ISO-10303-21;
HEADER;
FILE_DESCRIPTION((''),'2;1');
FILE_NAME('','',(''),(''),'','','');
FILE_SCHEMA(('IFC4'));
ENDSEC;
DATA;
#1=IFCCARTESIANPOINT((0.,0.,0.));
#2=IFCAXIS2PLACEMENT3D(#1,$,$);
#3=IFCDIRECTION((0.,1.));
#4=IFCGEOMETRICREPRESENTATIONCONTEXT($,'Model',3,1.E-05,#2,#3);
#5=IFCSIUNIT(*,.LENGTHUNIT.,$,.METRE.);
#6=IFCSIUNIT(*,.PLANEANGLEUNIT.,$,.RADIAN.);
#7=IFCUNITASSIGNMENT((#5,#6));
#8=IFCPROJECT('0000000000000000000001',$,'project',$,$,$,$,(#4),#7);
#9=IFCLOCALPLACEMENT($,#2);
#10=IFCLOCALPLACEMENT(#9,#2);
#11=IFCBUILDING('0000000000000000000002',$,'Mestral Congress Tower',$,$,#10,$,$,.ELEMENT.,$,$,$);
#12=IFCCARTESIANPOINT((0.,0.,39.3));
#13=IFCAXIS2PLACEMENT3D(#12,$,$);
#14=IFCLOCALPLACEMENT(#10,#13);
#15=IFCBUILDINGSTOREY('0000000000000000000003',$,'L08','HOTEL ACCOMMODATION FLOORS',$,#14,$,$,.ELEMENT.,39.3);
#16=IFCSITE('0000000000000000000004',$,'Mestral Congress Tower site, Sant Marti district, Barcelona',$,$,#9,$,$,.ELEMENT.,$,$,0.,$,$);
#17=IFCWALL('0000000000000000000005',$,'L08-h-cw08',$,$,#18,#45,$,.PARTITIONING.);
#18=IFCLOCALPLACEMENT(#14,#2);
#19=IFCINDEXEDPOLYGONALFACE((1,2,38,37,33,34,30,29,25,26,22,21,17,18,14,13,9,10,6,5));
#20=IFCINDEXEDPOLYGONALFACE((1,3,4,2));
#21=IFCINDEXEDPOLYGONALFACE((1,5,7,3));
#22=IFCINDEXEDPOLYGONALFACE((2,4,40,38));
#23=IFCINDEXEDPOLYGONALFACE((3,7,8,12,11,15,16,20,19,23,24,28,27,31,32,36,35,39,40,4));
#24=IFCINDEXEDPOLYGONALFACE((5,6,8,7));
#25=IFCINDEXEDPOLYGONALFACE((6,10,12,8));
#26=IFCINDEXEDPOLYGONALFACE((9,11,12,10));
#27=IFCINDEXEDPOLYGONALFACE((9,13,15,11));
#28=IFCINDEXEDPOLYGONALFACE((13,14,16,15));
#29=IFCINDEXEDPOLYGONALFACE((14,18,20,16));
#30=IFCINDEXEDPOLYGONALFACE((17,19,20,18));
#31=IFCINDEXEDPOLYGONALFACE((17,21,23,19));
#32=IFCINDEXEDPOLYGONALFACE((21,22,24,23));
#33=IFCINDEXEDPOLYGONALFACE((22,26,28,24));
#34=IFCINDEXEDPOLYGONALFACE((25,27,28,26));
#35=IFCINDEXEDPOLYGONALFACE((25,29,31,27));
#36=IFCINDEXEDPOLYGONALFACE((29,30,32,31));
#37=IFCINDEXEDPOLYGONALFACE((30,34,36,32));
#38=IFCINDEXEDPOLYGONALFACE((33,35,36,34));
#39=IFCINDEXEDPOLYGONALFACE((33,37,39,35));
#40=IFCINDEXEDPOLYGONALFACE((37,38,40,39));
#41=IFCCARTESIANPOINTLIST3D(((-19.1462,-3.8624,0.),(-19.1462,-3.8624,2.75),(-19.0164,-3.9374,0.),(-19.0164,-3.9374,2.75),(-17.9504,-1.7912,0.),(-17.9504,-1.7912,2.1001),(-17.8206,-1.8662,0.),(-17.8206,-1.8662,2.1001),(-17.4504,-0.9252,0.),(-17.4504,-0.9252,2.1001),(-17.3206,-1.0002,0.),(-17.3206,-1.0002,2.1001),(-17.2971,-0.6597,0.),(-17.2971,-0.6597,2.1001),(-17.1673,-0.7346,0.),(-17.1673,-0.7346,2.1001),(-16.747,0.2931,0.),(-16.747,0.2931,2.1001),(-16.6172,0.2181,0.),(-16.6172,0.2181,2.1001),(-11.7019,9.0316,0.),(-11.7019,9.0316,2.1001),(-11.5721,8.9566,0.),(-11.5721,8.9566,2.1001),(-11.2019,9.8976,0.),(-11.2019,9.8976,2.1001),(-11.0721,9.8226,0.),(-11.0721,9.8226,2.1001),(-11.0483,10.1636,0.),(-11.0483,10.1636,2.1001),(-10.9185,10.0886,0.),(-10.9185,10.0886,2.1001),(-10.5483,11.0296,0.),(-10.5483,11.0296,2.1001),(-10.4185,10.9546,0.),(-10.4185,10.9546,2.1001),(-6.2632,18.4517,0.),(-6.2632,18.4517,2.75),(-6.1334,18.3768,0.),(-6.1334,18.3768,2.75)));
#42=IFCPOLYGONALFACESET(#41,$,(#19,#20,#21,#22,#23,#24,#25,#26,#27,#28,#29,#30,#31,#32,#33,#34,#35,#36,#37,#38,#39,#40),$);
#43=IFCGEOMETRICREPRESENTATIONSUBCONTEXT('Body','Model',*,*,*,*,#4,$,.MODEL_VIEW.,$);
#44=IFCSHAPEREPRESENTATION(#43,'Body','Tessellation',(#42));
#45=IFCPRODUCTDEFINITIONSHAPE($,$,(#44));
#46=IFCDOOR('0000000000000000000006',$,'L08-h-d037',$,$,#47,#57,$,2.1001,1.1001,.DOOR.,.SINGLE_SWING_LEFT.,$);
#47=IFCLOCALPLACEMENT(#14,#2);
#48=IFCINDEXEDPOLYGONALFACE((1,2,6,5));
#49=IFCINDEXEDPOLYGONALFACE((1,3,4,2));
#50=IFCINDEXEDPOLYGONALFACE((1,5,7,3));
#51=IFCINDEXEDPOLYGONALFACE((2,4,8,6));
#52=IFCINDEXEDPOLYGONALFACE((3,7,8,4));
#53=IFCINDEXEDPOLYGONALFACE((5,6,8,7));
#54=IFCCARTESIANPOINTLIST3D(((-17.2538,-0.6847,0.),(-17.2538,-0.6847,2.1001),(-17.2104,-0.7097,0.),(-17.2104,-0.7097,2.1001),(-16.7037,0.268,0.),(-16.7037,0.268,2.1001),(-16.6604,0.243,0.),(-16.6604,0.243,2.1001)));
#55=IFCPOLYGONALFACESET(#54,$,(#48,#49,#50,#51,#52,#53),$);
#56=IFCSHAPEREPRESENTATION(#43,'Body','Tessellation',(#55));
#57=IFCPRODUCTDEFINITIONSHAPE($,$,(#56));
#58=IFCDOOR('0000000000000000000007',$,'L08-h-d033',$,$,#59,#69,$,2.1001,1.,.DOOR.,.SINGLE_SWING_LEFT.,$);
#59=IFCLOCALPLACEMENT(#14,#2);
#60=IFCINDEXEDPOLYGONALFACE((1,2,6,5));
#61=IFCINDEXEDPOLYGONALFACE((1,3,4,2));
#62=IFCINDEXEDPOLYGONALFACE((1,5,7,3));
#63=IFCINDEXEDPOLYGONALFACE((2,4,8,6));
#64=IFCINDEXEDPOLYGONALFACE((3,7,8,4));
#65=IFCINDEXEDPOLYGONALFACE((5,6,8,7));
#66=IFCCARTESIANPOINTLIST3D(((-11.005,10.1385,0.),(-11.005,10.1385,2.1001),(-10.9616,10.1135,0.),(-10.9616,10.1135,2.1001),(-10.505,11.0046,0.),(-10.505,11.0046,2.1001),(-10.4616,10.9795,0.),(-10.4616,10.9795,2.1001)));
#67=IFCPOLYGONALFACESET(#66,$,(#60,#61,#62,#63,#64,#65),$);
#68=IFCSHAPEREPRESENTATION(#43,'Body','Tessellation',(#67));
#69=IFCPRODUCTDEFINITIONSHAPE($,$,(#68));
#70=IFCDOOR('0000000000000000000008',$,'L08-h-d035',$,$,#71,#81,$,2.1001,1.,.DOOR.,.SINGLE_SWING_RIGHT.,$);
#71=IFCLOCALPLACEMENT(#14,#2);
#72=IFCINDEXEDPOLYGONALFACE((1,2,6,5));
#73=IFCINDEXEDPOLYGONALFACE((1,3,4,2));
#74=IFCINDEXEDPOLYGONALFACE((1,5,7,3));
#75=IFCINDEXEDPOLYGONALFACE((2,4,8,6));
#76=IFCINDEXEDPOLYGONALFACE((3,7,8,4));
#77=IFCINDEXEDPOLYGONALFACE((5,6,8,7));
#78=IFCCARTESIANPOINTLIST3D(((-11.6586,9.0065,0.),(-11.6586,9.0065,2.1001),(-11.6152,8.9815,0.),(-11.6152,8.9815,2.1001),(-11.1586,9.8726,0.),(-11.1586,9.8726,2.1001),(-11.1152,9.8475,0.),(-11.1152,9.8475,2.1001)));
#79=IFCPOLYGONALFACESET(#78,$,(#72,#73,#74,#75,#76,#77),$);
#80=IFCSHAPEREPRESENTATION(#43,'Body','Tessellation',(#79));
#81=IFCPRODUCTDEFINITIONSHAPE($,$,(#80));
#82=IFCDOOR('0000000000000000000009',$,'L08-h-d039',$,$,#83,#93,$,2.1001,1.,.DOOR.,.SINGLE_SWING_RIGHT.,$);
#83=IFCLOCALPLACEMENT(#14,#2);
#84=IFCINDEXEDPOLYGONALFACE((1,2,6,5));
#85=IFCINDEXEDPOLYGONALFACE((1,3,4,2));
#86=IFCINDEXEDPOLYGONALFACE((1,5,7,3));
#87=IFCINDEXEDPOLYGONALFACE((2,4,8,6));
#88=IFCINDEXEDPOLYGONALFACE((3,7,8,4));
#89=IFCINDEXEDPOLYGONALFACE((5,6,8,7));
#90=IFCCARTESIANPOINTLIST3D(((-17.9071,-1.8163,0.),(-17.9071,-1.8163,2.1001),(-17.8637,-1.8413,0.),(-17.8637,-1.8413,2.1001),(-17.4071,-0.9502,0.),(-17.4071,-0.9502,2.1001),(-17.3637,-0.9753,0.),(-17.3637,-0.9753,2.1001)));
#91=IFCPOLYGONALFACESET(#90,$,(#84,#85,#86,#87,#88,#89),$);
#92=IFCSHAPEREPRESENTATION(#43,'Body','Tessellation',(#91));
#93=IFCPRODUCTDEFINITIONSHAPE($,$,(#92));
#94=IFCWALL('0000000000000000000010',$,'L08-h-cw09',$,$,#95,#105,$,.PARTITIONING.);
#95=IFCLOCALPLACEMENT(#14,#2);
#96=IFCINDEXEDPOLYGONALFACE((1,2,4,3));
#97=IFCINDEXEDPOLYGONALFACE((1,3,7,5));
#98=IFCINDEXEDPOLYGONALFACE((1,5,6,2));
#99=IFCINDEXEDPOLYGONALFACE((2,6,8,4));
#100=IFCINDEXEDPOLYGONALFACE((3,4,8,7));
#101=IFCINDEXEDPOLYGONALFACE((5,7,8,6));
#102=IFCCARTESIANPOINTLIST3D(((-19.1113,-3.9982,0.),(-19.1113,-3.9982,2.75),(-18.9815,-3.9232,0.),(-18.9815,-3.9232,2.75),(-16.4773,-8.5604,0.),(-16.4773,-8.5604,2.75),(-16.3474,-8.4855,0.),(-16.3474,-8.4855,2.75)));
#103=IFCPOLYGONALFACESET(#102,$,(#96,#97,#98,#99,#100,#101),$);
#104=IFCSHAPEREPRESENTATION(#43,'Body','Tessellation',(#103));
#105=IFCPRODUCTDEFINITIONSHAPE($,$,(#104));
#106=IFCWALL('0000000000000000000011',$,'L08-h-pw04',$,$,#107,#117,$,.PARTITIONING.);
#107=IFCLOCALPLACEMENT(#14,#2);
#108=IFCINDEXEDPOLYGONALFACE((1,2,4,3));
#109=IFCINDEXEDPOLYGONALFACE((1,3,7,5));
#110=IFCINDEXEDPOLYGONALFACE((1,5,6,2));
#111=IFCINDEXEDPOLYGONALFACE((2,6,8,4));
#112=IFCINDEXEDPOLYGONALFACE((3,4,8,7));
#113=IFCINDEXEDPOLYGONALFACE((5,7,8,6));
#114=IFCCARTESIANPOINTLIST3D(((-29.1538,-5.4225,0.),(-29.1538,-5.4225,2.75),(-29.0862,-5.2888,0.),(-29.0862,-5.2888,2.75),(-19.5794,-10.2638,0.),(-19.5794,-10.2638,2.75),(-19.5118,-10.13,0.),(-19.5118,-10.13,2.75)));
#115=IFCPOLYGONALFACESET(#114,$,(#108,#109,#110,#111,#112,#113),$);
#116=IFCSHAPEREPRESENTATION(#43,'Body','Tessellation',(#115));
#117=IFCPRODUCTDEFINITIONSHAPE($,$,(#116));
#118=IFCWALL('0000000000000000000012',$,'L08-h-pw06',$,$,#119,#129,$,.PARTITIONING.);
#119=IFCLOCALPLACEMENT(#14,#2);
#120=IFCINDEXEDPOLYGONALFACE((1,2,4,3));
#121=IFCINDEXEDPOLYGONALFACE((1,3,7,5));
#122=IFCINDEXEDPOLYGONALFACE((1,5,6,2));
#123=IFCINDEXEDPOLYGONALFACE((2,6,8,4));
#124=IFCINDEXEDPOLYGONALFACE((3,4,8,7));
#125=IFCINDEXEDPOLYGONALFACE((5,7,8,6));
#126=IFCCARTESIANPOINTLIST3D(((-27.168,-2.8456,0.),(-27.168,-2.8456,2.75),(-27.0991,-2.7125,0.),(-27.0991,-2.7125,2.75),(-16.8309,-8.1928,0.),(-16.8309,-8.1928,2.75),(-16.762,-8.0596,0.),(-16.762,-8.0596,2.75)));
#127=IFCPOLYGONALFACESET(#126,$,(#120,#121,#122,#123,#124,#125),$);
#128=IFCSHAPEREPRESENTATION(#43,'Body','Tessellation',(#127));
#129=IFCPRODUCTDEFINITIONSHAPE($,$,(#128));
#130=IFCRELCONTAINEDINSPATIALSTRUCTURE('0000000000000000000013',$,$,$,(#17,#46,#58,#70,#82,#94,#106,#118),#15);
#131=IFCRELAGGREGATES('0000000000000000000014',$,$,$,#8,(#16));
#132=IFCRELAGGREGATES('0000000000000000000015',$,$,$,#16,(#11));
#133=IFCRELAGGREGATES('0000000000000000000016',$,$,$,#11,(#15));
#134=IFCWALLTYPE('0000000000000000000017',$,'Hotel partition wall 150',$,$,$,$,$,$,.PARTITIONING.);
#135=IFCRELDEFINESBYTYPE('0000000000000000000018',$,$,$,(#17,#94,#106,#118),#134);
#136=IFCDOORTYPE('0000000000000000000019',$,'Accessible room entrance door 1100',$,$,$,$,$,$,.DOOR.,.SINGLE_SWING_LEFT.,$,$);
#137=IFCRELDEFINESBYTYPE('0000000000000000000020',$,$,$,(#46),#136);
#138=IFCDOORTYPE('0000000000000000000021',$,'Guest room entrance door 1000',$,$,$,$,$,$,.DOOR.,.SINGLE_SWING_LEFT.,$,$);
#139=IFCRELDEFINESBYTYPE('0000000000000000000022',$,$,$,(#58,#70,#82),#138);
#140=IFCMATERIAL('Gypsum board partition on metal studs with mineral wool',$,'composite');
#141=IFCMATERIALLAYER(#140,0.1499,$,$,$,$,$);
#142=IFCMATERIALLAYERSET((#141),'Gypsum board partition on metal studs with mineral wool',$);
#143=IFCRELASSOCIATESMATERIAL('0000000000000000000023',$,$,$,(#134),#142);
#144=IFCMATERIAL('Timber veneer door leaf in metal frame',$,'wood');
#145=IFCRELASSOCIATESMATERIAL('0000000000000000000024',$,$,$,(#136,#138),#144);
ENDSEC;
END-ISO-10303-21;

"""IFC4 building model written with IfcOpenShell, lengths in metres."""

from ifc_helpers import new_model, si_unit, direction, frame, frame_2d, origin, place, context, subcontext, project, spatial, rectangle, extrude, material, layer, layer_set, type_object, element, fill, save


model = new_model("IFC4")

# Units and contexts
model_context = context("Model", 3, precision=1e-05, world=origin(), true_north=direction((0.0, 1.0)))
body_context = subcontext(model_context, "Body", "Model", "MODEL_VIEW")
ifc_project = project(units=[si_unit("LENGTHUNIT", "METRE"), si_unit("PLANEANGLEUNIT", "RADIAN")], contexts=[model_context])

# Site, building, storey
site_placement = place(None, origin())
site = spatial("IfcSite", under=ifc_project, at=site_placement, Name="Mestral Congress Tower site, Sant Marti district, Barcelona", CompositionType="ELEMENT", RefElevation=0.0)
building_placement = place(site_placement, origin())
building = spatial("IfcBuilding", under=site, at=building_placement, Name="Mestral Congress Tower", CompositionType="ELEMENT")
storey_placement = place(building_placement, frame((0.0, 0.0, 39.3)))
storey = spatial("IfcBuildingStorey", under=building, at=storey_placement, Name="L08", Description="HOTEL ACCOMMODATION FLOORS", CompositionType="ELEMENT", Elevation=39.3)

# Shared definitions
ifc_material_1 = material(Name="Gypsum board partition on metal studs with mineral wool", Category="composite")

# Wall, openings, doors
ifc_layer_1 = layer(ifc_material_1, 0.1499)
ifc_layer_set_1 = layer_set([ifc_layer_1], Name="Gypsum board partition on metal studs with mineral wool")
wall_type_1 = type_object("IfcWallType", Name="Hotel partition wall 150", PredefinedType="PARTITIONING", material=ifc_layer_set_1)
wall_1_placement = place(storey_placement, frame((-19.0813, -3.8999, 0.0), z_axis=(0.0, 0.0, 1.0), x_axis=(0.499998, 0.866026, 0.0)))
wall_1 = element("IfcWall", 1, at=wall_1_placement, inside=storey, type_object=wall_type_1, Name="L08-h-cw08", PredefinedType="PARTITIONING", context=body_context, shape_type="SweptSolid", body=[
    extrude(rectangle(XDim=25.7661, YDim=0.1499, at=frame_2d((12.8831, 0.0))), origin(), (0.0, 0.0, 1.0), 2.75),
])
opening_1_placement = place(wall_1_placement, frame((16.1958, 0.0, 0.0)))
opening_1 = element("IfcOpeningElement", 2, at=opening_1_placement, cuts=wall_1, PredefinedType="OPENING", context=body_context, shape_type="SweptSolid", body=[
    extrude(rectangle(XDim=1.0, YDim=2.1001, at=frame_2d((0.5, 1.05))), frame((0.0, 0.085, 0.0), z_axis=(0.0, -1.0, 0.0), x_axis=(1.0, 0.0, 0.0)), (0.0, 0.0, 1.0), 0.1699),
])
opening_2_placement = place(wall_1_placement, frame((14.8887, 0.0, 0.0)))
opening_2 = element("IfcOpeningElement", 3, at=opening_2_placement, cuts=wall_1, PredefinedType="OPENING", context=body_context, shape_type="SweptSolid", body=[
    extrude(rectangle(XDim=1.0, YDim=2.1001, at=frame_2d((0.5, 1.05))), frame((0.0, 0.085, 0.0), z_axis=(0.0, -1.0, 0.0), x_axis=(1.0, 0.0, 0.0)), (0.0, 0.0, 1.0), 0.1699),
])
opening_3_placement = place(wall_1_placement, frame((3.6982, 0.0, 0.0)))
opening_3 = element("IfcOpeningElement", 4, at=opening_3_placement, cuts=wall_1, PredefinedType="OPENING", context=body_context, shape_type="SweptSolid", body=[
    extrude(rectangle(XDim=1.1001, YDim=2.1001, at=frame_2d((0.55, 1.05))), frame((0.0, 0.085, 0.0), z_axis=(0.0, -1.0, 0.0), x_axis=(1.0, 0.0, 0.0)), (0.0, 0.0, 1.0), 0.1699),
])
opening_4_placement = place(wall_1_placement, frame((2.3916, 0.0, 0.0)))
opening_4 = element("IfcOpeningElement", 5, at=opening_4_placement, cuts=wall_1, PredefinedType="OPENING", context=body_context, shape_type="SweptSolid", body=[
    extrude(rectangle(XDim=1.0, YDim=2.1001, at=frame_2d((0.5, 1.05))), frame((0.0, 0.085, 0.0), z_axis=(0.0, -1.0, 0.0), x_axis=(1.0, 0.0, 0.0)), (0.0, 0.0, 1.0), 0.1699),
])
ifc_material_2 = material(Name="Timber veneer door leaf in metal frame", Category="wood")
door_type_1 = type_object("IfcDoorType", Name="Accessible room entrance door 1100", OperationType="SINGLE_SWING_LEFT", PredefinedType="DOOR", material=ifc_material_2)
door_1_placement = place(opening_3_placement, origin())
door_1 = element("IfcDoor", 6, at=door_1_placement, inside=storey, type_object=door_type_1, Name="L08-h-d037", OperationType="SINGLE_SWING_LEFT", OverallHeight=2.1001, OverallWidth=1.1001, PredefinedType="DOOR", context=body_context, shape_type="SweptSolid", body=[
    extrude(rectangle(XDim=1.1001, YDim=2.1001, at=frame_2d((0.55, 1.05))), frame((0.0, 0.0249, 0.0), z_axis=(0.0, -1.0, 0.0), x_axis=(1.0, 0.0, 0.0)), (0.0, 0.0, 1.0), 0.05),
])
fill(opening_3, door_1)
door_type_2 = type_object("IfcDoorType", Name="Guest room entrance door 1000", OperationType="SINGLE_SWING_LEFT", PredefinedType="DOOR", material=ifc_material_2)
door_2_placement = place(opening_1_placement, origin())
door_2 = element("IfcDoor", 7, at=door_2_placement, inside=storey, type_object=door_type_2, Name="L08-h-d033", OperationType="SINGLE_SWING_LEFT", OverallHeight=2.1001, OverallWidth=1.0, PredefinedType="DOOR", context=body_context, shape_type="SweptSolid", body=[
    extrude(rectangle(XDim=1.0, YDim=2.1001, at=frame_2d((0.5, 1.05))), frame((0.0, 0.0249, 0.0), z_axis=(0.0, -1.0, 0.0), x_axis=(1.0, 0.0, 0.0)), (0.0, 0.0, 1.0), 0.05),
])
fill(opening_1, door_2)
door_3_placement = place(opening_2_placement, origin())
door_3 = element("IfcDoor", 8, at=door_3_placement, inside=storey, type_object=door_type_2, Name="L08-h-d035", OperationType="SINGLE_SWING_RIGHT", OverallHeight=2.1001, OverallWidth=1.0, PredefinedType="DOOR", context=body_context, shape_type="SweptSolid", body=[
    extrude(rectangle(XDim=1.0, YDim=2.1001, at=frame_2d((0.5, 1.05))), frame((0.0, 0.0249, 0.0), z_axis=(0.0, -1.0, 0.0), x_axis=(1.0, 0.0, 0.0)), (0.0, 0.0, 1.0), 0.05),
])
fill(opening_2, door_3)
door_4_placement = place(opening_4_placement, origin())
door_4 = element("IfcDoor", 9, at=door_4_placement, inside=storey, type_object=door_type_2, Name="L08-h-d039", OperationType="SINGLE_SWING_RIGHT", OverallHeight=2.1001, OverallWidth=1.0, PredefinedType="DOOR", context=body_context, shape_type="SweptSolid", body=[
    extrude(rectangle(XDim=1.0, YDim=2.1001, at=frame_2d((0.5, 1.05))), frame((0.0, 0.0249, 0.0), z_axis=(0.0, -1.0, 0.0), x_axis=(1.0, 0.0, 0.0)), (0.0, 0.0, 1.0), 0.05),
])
fill(opening_4, door_4)

# Walls
wall_2_placement = place(storey_placement, frame((-16.4124, -8.5229, 0.0), z_axis=(0.0, 0.0, 1.0), x_axis=(-0.500002, 0.866024, 0.0)))
element("IfcWall", 10, at=wall_2_placement, inside=storey, type_object=wall_type_1, Name="L08-h-cw09", PredefinedType="PARTITIONING", context=body_context, shape_type="SweptSolid", body=[
    extrude(rectangle(XDim=5.2681, YDim=0.1499, at=frame_2d((2.634, 0.0))), origin(), (0.0, 0.0, 1.0), 2.75),
])
wall_3_placement = place(storey_placement, frame((-29.1199, -5.3557, 0.0), z_axis=(0.0, 0.0, 1.0), x_axis=(0.892402, -0.451241, 0.0)))
element("IfcWall", 11, at=wall_3_placement, inside=storey, type_object=wall_type_1, Name="L08-h-pw04", PredefinedType="PARTITIONING", context=body_context, shape_type="SweptSolid", body=[
    extrude(rectangle(XDim=10.7288, YDim=0.1499, at=frame_2d((5.3643, 0.0))), origin(), (0.0, 0.0, 1.0), 2.75),
])
wall_4_placement = place(storey_placement, frame((-27.1335, -2.7791, 0.0), z_axis=(0.0, 0.0, 1.0), x_axis=(0.888205, -0.459447, 0.0)))
element("IfcWall", 12, at=wall_4_placement, inside=storey, type_object=wall_type_1, Name="L08-h-pw06", PredefinedType="PARTITIONING", context=body_context, shape_type="SweptSolid", body=[
    extrude(rectangle(XDim=11.6382, YDim=0.1499, at=frame_2d((5.8191, 0.0))), origin(), (0.0, 0.0, 1.0), 2.75),
])

save(model, "model.ifc")
